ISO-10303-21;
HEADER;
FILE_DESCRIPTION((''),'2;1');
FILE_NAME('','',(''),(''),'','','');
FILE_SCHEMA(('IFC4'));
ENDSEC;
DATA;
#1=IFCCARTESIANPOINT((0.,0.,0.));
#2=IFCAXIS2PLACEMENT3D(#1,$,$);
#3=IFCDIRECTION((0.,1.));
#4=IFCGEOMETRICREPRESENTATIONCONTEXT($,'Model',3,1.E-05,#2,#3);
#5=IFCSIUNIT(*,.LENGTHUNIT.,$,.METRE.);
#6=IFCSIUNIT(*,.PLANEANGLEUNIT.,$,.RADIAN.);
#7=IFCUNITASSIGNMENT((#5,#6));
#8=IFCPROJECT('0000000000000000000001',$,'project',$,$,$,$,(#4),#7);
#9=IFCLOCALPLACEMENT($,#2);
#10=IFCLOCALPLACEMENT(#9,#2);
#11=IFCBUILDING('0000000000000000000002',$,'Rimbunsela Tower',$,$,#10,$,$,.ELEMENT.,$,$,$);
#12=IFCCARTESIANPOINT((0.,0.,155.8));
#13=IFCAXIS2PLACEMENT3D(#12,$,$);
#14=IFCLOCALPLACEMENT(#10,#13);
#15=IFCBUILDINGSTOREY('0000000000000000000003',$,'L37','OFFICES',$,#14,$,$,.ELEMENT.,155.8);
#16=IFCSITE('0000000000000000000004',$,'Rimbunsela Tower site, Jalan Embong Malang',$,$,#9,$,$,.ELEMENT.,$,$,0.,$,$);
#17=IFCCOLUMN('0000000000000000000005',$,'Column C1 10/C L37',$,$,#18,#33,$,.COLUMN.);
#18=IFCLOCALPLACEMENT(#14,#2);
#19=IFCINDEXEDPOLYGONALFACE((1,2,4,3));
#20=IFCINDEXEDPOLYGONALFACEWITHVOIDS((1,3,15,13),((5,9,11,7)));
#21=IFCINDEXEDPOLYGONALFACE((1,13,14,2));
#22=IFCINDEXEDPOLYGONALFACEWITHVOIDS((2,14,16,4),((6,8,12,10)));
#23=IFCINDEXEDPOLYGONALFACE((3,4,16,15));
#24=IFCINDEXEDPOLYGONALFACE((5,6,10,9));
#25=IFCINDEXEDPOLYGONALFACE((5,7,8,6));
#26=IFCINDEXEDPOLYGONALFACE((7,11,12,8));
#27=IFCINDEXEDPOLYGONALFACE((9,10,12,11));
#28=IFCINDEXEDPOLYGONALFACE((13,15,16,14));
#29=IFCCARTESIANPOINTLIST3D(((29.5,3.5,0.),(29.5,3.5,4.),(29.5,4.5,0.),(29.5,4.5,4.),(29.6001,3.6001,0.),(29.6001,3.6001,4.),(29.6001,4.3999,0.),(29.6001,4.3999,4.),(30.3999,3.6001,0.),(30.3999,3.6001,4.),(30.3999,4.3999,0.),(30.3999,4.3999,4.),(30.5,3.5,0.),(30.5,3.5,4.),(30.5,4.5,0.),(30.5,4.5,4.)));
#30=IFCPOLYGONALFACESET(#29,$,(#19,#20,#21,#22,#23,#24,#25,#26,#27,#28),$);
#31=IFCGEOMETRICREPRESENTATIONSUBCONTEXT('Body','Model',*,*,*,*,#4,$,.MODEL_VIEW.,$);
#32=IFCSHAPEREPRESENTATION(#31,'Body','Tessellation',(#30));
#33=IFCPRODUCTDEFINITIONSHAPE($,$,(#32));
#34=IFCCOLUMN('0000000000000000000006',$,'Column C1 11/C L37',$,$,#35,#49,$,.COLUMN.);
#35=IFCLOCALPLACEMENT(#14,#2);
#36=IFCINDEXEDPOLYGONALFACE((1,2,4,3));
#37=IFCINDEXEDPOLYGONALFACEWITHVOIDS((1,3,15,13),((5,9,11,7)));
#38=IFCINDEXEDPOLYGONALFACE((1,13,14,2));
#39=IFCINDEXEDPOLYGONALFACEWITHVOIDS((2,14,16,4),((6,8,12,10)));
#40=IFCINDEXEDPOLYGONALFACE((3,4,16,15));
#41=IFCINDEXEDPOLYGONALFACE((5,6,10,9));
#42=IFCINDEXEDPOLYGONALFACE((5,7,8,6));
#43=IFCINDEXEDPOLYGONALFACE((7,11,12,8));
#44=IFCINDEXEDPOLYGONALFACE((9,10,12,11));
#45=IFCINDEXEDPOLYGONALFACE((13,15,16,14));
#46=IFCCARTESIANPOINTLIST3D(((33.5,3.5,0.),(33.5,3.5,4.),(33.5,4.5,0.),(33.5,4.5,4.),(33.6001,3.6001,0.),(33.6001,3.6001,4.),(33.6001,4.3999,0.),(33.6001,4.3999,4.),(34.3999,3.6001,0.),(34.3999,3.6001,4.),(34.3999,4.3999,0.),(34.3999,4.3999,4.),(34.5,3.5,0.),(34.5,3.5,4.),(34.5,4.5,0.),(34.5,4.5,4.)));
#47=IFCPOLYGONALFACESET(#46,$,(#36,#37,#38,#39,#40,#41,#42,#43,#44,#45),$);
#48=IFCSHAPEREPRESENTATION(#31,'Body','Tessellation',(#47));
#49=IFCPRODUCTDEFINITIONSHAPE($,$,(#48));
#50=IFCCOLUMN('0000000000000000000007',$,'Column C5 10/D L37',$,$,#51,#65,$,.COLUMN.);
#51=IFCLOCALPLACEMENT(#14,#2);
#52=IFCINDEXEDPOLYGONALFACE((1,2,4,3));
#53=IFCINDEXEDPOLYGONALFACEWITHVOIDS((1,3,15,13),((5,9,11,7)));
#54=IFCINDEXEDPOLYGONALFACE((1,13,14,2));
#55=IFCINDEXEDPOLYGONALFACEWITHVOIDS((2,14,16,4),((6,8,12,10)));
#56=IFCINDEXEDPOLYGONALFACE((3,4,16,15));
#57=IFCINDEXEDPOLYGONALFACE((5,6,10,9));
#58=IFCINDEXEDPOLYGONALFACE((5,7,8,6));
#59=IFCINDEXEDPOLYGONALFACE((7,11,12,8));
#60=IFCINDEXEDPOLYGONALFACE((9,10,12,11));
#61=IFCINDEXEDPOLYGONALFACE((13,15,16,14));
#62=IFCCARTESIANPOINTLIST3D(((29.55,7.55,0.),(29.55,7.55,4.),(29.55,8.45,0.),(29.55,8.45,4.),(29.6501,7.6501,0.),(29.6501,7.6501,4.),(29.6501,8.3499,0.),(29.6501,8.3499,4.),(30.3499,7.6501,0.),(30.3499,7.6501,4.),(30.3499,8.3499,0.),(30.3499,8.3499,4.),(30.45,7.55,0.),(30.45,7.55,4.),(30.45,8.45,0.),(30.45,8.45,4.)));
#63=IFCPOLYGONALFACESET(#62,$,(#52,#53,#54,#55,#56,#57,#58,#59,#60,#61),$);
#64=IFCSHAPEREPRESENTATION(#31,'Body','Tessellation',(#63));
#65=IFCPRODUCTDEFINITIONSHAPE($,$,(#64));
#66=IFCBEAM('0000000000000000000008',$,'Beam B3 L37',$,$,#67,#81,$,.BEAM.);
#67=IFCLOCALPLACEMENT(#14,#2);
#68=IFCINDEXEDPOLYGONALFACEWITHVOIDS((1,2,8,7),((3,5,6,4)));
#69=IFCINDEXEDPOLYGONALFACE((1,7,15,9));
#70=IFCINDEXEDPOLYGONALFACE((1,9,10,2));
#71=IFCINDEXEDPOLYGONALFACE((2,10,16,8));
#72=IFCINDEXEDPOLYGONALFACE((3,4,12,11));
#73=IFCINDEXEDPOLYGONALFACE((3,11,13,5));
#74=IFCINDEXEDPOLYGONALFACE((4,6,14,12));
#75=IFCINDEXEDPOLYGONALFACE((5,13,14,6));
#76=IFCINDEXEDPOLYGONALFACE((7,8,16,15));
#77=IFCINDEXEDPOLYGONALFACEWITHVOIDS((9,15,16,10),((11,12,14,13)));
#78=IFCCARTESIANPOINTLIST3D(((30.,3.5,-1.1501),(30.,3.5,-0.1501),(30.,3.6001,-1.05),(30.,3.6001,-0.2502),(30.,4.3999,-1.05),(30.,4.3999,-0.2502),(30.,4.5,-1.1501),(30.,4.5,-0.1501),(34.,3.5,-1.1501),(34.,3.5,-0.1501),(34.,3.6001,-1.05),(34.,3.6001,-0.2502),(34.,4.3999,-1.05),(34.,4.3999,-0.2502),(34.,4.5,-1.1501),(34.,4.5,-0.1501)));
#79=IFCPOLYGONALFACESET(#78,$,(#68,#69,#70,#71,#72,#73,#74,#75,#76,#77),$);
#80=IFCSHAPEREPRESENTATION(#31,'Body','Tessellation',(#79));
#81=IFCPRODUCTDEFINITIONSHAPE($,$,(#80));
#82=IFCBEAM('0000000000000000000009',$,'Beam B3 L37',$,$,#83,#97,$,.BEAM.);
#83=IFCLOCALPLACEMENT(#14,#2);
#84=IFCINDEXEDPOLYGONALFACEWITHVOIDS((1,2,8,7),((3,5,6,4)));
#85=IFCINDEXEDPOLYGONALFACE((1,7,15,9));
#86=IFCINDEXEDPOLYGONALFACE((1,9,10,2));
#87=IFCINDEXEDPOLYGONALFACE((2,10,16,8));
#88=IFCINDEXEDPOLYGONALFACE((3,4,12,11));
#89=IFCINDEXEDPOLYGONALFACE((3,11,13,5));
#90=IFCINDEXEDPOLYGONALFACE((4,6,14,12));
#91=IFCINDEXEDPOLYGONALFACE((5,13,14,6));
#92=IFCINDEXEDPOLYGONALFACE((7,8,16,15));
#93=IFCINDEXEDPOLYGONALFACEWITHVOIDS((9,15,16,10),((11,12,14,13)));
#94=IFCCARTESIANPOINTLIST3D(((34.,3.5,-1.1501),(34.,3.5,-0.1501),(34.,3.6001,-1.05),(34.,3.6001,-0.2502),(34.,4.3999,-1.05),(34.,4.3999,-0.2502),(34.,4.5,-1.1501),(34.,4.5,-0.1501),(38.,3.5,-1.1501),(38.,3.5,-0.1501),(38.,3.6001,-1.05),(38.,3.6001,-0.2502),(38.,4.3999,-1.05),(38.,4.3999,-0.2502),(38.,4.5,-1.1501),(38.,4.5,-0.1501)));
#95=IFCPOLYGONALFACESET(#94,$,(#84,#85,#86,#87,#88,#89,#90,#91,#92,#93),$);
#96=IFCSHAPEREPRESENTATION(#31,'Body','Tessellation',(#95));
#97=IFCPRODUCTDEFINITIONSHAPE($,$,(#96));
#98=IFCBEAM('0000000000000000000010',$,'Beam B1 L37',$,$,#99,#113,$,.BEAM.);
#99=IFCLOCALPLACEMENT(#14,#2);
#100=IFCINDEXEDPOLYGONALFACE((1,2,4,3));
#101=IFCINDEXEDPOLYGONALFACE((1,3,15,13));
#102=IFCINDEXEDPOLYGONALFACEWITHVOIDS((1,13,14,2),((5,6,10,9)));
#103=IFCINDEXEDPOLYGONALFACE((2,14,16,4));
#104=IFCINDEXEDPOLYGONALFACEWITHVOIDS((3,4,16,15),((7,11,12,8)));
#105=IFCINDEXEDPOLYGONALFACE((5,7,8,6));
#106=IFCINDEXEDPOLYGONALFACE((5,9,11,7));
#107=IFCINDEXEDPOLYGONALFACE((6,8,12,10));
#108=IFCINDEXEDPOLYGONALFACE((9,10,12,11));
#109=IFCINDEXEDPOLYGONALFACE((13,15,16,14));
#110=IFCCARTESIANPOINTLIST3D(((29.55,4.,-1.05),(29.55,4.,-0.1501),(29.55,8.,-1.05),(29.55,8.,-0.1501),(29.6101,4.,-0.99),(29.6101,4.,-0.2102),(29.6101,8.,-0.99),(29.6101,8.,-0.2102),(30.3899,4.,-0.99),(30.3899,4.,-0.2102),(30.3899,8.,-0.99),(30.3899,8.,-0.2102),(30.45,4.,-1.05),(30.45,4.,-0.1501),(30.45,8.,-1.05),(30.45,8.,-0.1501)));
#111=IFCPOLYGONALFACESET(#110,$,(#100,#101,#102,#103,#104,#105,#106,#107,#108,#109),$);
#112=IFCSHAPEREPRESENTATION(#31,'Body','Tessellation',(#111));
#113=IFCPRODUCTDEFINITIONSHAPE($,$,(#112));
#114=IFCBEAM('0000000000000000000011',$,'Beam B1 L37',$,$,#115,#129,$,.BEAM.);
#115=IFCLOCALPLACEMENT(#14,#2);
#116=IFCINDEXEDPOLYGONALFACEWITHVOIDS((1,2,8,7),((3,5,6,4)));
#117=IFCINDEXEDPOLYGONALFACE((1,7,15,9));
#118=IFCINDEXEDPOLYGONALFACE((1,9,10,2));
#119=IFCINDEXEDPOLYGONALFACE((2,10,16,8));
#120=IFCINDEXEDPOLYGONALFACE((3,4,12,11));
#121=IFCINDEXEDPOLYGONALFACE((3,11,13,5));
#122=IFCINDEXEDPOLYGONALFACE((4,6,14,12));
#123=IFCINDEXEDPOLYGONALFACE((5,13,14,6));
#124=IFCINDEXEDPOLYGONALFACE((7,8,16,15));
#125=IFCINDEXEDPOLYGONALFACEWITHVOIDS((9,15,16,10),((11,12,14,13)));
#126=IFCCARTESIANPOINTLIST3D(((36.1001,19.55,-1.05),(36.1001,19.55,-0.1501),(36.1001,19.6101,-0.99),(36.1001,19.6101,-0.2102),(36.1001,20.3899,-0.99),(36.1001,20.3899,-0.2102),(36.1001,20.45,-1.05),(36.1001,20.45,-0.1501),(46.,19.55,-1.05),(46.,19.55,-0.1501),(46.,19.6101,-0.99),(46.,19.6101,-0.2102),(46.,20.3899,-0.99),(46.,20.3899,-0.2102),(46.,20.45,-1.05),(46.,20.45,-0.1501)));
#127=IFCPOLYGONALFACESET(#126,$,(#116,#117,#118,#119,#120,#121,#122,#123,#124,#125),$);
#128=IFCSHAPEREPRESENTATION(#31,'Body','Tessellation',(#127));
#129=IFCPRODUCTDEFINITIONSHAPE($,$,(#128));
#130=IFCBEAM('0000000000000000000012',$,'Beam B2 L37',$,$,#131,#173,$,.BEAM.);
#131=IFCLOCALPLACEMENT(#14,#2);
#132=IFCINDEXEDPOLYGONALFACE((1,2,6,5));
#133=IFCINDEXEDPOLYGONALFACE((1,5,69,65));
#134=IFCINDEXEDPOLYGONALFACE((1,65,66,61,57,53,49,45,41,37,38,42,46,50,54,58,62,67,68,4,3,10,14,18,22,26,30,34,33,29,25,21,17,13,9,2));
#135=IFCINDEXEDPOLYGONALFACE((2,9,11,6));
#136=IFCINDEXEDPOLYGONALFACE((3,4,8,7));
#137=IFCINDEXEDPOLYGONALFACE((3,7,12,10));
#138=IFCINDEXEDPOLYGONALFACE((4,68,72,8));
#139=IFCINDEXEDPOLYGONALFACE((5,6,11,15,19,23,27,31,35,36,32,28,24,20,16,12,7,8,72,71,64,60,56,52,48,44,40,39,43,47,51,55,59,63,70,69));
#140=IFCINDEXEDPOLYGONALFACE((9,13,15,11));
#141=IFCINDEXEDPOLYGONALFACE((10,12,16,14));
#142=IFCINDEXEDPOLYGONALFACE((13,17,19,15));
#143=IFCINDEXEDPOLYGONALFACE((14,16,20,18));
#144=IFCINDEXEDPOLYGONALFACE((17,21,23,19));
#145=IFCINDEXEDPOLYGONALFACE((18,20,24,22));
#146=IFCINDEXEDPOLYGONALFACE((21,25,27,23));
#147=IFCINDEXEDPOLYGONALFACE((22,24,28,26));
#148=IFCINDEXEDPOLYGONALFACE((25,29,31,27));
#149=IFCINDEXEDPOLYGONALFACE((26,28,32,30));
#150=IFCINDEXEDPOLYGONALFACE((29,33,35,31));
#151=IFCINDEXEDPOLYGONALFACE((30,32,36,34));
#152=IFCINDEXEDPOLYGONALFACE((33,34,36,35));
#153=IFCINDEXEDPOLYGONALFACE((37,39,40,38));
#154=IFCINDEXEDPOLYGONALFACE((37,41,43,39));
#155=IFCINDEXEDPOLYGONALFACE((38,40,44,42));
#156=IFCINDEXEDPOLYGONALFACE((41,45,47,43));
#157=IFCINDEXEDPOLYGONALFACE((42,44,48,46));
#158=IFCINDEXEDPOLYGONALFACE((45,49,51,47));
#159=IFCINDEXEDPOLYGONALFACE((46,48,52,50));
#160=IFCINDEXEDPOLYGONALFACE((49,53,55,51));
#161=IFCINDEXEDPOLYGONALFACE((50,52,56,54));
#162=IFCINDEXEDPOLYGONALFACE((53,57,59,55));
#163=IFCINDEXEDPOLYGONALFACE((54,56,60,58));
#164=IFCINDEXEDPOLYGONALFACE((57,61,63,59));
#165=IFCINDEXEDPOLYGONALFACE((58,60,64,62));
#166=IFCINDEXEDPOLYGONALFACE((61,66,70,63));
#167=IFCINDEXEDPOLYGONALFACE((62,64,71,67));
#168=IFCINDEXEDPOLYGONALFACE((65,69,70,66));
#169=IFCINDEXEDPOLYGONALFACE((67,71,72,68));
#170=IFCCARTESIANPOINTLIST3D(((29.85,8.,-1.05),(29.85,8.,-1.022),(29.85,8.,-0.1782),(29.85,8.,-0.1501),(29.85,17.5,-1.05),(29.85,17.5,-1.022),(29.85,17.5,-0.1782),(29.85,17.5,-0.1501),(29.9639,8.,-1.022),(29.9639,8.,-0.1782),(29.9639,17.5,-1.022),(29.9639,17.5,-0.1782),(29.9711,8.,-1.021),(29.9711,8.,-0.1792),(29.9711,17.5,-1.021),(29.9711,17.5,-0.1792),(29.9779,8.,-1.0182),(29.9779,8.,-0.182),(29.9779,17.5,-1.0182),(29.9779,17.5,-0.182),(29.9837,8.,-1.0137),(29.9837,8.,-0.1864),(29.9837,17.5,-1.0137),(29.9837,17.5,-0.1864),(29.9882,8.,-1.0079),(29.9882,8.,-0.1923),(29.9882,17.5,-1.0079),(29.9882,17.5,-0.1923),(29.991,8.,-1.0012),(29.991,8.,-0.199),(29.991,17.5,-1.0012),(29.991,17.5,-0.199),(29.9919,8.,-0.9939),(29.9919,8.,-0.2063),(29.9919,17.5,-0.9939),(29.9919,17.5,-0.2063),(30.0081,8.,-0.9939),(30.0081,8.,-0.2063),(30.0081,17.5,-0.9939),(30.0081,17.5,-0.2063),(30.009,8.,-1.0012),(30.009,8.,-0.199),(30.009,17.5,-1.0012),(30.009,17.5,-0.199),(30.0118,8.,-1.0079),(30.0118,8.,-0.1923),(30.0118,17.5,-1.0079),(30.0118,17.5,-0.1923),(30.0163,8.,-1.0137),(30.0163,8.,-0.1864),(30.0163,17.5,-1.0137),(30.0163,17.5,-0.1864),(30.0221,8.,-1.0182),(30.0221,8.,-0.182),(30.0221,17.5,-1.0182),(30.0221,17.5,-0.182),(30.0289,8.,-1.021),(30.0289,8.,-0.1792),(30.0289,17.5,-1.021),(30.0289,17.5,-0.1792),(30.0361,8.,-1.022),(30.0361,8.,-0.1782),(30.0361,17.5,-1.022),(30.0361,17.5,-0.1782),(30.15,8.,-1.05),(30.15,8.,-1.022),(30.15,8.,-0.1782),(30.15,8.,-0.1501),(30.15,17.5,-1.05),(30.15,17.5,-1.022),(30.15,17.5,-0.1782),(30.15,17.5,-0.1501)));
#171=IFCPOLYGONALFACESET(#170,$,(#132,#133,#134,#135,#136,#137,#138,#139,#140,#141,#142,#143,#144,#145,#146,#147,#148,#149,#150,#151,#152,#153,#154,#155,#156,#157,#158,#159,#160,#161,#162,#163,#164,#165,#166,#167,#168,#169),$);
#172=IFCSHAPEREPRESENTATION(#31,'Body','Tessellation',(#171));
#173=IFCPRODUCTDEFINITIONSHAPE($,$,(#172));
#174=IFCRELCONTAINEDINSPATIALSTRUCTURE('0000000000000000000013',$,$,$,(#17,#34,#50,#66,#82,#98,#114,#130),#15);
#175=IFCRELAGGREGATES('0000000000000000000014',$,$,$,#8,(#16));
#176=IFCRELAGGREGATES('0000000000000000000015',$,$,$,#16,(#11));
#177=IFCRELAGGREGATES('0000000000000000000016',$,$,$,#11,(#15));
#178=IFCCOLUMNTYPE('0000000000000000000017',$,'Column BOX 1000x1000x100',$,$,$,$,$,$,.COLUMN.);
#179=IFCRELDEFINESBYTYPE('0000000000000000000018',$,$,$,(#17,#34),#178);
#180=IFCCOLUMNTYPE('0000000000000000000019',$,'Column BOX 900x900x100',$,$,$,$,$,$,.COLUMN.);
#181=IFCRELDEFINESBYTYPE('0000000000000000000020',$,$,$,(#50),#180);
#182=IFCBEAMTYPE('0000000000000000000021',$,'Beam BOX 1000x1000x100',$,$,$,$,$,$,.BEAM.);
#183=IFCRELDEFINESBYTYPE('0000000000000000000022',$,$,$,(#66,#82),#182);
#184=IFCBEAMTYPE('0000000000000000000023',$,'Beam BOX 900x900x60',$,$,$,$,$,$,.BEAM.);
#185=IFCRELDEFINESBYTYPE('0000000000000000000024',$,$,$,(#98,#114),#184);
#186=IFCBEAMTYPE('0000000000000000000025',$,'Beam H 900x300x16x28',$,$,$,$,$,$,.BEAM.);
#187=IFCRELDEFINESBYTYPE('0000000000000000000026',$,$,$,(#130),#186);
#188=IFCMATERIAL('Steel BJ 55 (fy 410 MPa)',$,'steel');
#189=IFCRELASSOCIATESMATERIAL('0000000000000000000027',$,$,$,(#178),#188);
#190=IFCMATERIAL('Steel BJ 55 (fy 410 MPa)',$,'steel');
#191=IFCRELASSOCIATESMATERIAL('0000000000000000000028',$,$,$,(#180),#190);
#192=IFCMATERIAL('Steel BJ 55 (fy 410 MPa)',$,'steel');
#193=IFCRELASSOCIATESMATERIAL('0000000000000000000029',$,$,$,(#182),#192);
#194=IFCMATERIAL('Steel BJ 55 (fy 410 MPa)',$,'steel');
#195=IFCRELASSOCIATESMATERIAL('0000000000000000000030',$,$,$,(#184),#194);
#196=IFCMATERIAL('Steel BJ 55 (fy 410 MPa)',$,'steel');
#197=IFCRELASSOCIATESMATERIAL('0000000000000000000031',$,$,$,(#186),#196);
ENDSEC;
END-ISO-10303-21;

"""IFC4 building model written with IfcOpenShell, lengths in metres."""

from ifc_helpers import new_model, si_unit, direction, frame, origin, origin_2d, place, context, subcontext, project, spatial, hollow_rectangle, i_section, extrude, material, material_profile, profile_set, type_object, element, save


model = new_model("IFC4")

# Units and contexts
model_context = context("Model", 3, precision=1e-05, world=origin(), true_north=direction((0.0, 1.0)))
body_context = subcontext(model_context, "Body", "Model", "MODEL_VIEW")
ifc_project = project(units=[si_unit("LENGTHUNIT", "METRE"), si_unit("PLANEANGLEUNIT", "RADIAN")], contexts=[model_context])

# Site, building, storey
site_placement = place(None, origin())
site = spatial("IfcSite", under=ifc_project, at=site_placement, Name="Rimbunsela Tower site, Jalan Embong Malang", CompositionType="ELEMENT", RefElevation=0.0)
building_placement = place(site_placement, origin())
building = spatial("IfcBuilding", under=site, at=building_placement, Name="Rimbunsela Tower", CompositionType="ELEMENT")
storey_placement = place(building_placement, frame((0.0, 0.0, 155.8)))
storey = spatial("IfcBuildingStorey", under=building, at=storey_placement, Name="L37", Description="OFFICES", CompositionType="ELEMENT", Elevation=155.8)

# Columns
ifc_material_1 = material(Name="Steel BJ 55 (fy 410 MPa)", Category="steel")
ifc_material_profile_1 = material_profile(ifc_material_1, hollow_rectangle(XDim=1.0, YDim=1.0, WallThickness=0.1001, at=origin_2d()), Name="BOX 1000x1000x100")
ifc_profile_set_1 = profile_set([ifc_material_profile_1], Name="Steel BJ 55 (fy 410 MPa)")
column_type_1 = type_object("IfcColumnType", Name="Column BOX 1000x1000x100", PredefinedType="COLUMN", material=ifc_profile_set_1)
for number, where, z_axis, x_axis, name in (
    (1, (30.0, 4.0, 0.0), (0.0, 0.0, 1.0), (1.0, 0.0, 0.0), "Column C1 10/C L37"),
    (2, (34.0, 4.0, 0.0), (0.0, 0.0, 1.0), (1.0, 0.0, 0.0), "Column C1 11/C L37"),
):
    element("IfcColumn", number, at=place(storey_placement, frame(where, z_axis=z_axis, x_axis=x_axis)), inside=storey, type_object=column_type_1, Name=name, PredefinedType="COLUMN", context=body_context, shape_type="SweptSolid", body=[
        extrude(hollow_rectangle(XDim=1.0, YDim=1.0, WallThickness=0.1001, at=origin_2d()), origin(), (0.0, 0.0, 1.0), 4.0),
    ])
ifc_material_2 = material(Name="Steel BJ 55 (fy 410 MPa)", Category="steel")
ifc_material_profile_2 = material_profile(ifc_material_2, hollow_rectangle(XDim=0.8999, YDim=0.8999, WallThickness=0.1001, at=origin_2d()), Name="BOX 900x900x100")
ifc_profile_set_2 = profile_set([ifc_material_profile_2], Name="Steel BJ 55 (fy 410 MPa)")
column_type_2 = type_object("IfcColumnType", Name="Column BOX 900x900x100", PredefinedType="COLUMN", material=ifc_profile_set_2)
column_placement = place(storey_placement, frame((30.0, 8.0, 0.0), z_axis=(0.0, 0.0, 1.0), x_axis=(1.0, 0.0, 0.0)))
element("IfcColumn", 3, at=column_placement, inside=storey, type_object=column_type_2, Name="Column C5 10/D L37", PredefinedType="COLUMN", context=body_context, shape_type="SweptSolid", body=[
    extrude(hollow_rectangle(XDim=0.8999, YDim=0.8999, WallThickness=0.1001, at=origin_2d()), origin(), (0.0, 0.0, 1.0), 4.0),
])

# Beams
ifc_material_3 = material(Name="Steel BJ 55 (fy 410 MPa)", Category="steel")
ifc_material_profile_3 = material_profile(ifc_material_3, hollow_rectangle(XDim=1.0, YDim=1.0, WallThickness=0.1001, at=origin_2d()), Name="BOX 1000x1000x100")
ifc_profile_set_3 = profile_set([ifc_material_profile_3], Name="Steel BJ 55 (fy 410 MPa)")
beam_type_1 = type_object("IfcBeamType", Name="Beam BOX 1000x1000x100", PredefinedType="BEAM", material=ifc_profile_set_3)
for number, where, z_axis, x_axis, name in (
    (4, (30.0, 4.0, -0.6501), (1.0, 0.0, 0.0), (0.0, 1.0, 0.0), "Beam B3 L37"),
    (5, (34.0, 4.0, -0.6501), (1.0, 0.0, 0.0), (0.0, 1.0, 0.0), "Beam B3 L37"),
):
    element("IfcBeam", number, at=place(storey_placement, frame(where, z_axis=z_axis, x_axis=x_axis)), inside=storey, type_object=beam_type_1, Name=name, PredefinedType="BEAM", context=body_context, shape_type="SweptSolid", body=[
        extrude(hollow_rectangle(XDim=1.0, YDim=1.0, WallThickness=0.1001, at=origin_2d()), origin(), (0.0, 0.0, 1.0), 4.0),
    ])
ifc_material_4 = material(Name="Steel BJ 55 (fy 410 MPa)", Category="steel")
ifc_material_profile_4 = material_profile(ifc_material_4, hollow_rectangle(XDim=0.8999, YDim=0.8999, WallThickness=0.0601, at=origin_2d()), Name="BOX 900x900x60")
ifc_profile_set_4 = profile_set([ifc_material_profile_4], Name="Steel BJ 55 (fy 410 MPa)")
beam_type_2 = type_object("IfcBeamType", Name="Beam BOX 900x900x60", PredefinedType="BEAM", material=ifc_profile_set_4)
beam_1_placement = place(storey_placement, frame((30.0, 4.0, -0.6001), z_axis=(0.0, 1.0, 0.0), x_axis=(-1.0, 0.0, 0.0)))
element("IfcBeam", 6, at=beam_1_placement, inside=storey, type_object=beam_type_2, Name="Beam B1 L37", PredefinedType="BEAM", context=body_context, shape_type="SweptSolid", body=[
    extrude(hollow_rectangle(XDim=0.8999, YDim=0.8999, WallThickness=0.0601, at=origin_2d()), origin(), (0.0, 0.0, 1.0), 4.0),
])
beam_2_placement = place(storey_placement, frame((36.1001, 20.0, -0.6001), z_axis=(1.0, 0.0, 0.0), x_axis=(0.0, 1.0, 0.0)))
element("IfcBeam", 7, at=beam_2_placement, inside=storey, type_object=beam_type_2, Name="Beam B1 L37", PredefinedType="BEAM", context=body_context, shape_type="SweptSolid", body=[
    extrude(hollow_rectangle(XDim=0.8999, YDim=0.8999, WallThickness=0.0601, at=origin_2d()), origin(), (0.0, 0.0, 1.0), 9.8999),
])
ifc_material_5 = material(Name="Steel BJ 55 (fy 410 MPa)", Category="steel")
ifc_material_profile_5 = material_profile(ifc_material_5, i_section(OverallWidth=0.3, OverallDepth=0.8999, WebThickness=0.0161, FlangeThickness=0.0281, FilletRadius=0.0281, at=origin_2d()), Name="H 900x300x16x28")
ifc_profile_set_5 = profile_set([ifc_material_profile_5], Name="Steel BJ 55 (fy 410 MPa)")
beam_type_3 = type_object("IfcBeamType", Name="Beam H 900x300x16x28", PredefinedType="BEAM", material=ifc_profile_set_5)
beam_3_placement = place(storey_placement, frame((30.0, 8.0, -0.6001), z_axis=(0.0, 1.0, 0.0), x_axis=(-1.0, 0.0, 0.0)))
element("IfcBeam", 8, at=beam_3_placement, inside=storey, type_object=beam_type_3, Name="Beam B2 L37", PredefinedType="BEAM", context=body_context, shape_type="SweptSolid", body=[
    extrude(i_section(OverallWidth=0.3, OverallDepth=0.8999, WebThickness=0.0161, FlangeThickness=0.0281, FilletRadius=0.0281, at=origin_2d()), origin(), (0.0, 0.0, 1.0), 9.5),
])

save(model, "model.ifc")
